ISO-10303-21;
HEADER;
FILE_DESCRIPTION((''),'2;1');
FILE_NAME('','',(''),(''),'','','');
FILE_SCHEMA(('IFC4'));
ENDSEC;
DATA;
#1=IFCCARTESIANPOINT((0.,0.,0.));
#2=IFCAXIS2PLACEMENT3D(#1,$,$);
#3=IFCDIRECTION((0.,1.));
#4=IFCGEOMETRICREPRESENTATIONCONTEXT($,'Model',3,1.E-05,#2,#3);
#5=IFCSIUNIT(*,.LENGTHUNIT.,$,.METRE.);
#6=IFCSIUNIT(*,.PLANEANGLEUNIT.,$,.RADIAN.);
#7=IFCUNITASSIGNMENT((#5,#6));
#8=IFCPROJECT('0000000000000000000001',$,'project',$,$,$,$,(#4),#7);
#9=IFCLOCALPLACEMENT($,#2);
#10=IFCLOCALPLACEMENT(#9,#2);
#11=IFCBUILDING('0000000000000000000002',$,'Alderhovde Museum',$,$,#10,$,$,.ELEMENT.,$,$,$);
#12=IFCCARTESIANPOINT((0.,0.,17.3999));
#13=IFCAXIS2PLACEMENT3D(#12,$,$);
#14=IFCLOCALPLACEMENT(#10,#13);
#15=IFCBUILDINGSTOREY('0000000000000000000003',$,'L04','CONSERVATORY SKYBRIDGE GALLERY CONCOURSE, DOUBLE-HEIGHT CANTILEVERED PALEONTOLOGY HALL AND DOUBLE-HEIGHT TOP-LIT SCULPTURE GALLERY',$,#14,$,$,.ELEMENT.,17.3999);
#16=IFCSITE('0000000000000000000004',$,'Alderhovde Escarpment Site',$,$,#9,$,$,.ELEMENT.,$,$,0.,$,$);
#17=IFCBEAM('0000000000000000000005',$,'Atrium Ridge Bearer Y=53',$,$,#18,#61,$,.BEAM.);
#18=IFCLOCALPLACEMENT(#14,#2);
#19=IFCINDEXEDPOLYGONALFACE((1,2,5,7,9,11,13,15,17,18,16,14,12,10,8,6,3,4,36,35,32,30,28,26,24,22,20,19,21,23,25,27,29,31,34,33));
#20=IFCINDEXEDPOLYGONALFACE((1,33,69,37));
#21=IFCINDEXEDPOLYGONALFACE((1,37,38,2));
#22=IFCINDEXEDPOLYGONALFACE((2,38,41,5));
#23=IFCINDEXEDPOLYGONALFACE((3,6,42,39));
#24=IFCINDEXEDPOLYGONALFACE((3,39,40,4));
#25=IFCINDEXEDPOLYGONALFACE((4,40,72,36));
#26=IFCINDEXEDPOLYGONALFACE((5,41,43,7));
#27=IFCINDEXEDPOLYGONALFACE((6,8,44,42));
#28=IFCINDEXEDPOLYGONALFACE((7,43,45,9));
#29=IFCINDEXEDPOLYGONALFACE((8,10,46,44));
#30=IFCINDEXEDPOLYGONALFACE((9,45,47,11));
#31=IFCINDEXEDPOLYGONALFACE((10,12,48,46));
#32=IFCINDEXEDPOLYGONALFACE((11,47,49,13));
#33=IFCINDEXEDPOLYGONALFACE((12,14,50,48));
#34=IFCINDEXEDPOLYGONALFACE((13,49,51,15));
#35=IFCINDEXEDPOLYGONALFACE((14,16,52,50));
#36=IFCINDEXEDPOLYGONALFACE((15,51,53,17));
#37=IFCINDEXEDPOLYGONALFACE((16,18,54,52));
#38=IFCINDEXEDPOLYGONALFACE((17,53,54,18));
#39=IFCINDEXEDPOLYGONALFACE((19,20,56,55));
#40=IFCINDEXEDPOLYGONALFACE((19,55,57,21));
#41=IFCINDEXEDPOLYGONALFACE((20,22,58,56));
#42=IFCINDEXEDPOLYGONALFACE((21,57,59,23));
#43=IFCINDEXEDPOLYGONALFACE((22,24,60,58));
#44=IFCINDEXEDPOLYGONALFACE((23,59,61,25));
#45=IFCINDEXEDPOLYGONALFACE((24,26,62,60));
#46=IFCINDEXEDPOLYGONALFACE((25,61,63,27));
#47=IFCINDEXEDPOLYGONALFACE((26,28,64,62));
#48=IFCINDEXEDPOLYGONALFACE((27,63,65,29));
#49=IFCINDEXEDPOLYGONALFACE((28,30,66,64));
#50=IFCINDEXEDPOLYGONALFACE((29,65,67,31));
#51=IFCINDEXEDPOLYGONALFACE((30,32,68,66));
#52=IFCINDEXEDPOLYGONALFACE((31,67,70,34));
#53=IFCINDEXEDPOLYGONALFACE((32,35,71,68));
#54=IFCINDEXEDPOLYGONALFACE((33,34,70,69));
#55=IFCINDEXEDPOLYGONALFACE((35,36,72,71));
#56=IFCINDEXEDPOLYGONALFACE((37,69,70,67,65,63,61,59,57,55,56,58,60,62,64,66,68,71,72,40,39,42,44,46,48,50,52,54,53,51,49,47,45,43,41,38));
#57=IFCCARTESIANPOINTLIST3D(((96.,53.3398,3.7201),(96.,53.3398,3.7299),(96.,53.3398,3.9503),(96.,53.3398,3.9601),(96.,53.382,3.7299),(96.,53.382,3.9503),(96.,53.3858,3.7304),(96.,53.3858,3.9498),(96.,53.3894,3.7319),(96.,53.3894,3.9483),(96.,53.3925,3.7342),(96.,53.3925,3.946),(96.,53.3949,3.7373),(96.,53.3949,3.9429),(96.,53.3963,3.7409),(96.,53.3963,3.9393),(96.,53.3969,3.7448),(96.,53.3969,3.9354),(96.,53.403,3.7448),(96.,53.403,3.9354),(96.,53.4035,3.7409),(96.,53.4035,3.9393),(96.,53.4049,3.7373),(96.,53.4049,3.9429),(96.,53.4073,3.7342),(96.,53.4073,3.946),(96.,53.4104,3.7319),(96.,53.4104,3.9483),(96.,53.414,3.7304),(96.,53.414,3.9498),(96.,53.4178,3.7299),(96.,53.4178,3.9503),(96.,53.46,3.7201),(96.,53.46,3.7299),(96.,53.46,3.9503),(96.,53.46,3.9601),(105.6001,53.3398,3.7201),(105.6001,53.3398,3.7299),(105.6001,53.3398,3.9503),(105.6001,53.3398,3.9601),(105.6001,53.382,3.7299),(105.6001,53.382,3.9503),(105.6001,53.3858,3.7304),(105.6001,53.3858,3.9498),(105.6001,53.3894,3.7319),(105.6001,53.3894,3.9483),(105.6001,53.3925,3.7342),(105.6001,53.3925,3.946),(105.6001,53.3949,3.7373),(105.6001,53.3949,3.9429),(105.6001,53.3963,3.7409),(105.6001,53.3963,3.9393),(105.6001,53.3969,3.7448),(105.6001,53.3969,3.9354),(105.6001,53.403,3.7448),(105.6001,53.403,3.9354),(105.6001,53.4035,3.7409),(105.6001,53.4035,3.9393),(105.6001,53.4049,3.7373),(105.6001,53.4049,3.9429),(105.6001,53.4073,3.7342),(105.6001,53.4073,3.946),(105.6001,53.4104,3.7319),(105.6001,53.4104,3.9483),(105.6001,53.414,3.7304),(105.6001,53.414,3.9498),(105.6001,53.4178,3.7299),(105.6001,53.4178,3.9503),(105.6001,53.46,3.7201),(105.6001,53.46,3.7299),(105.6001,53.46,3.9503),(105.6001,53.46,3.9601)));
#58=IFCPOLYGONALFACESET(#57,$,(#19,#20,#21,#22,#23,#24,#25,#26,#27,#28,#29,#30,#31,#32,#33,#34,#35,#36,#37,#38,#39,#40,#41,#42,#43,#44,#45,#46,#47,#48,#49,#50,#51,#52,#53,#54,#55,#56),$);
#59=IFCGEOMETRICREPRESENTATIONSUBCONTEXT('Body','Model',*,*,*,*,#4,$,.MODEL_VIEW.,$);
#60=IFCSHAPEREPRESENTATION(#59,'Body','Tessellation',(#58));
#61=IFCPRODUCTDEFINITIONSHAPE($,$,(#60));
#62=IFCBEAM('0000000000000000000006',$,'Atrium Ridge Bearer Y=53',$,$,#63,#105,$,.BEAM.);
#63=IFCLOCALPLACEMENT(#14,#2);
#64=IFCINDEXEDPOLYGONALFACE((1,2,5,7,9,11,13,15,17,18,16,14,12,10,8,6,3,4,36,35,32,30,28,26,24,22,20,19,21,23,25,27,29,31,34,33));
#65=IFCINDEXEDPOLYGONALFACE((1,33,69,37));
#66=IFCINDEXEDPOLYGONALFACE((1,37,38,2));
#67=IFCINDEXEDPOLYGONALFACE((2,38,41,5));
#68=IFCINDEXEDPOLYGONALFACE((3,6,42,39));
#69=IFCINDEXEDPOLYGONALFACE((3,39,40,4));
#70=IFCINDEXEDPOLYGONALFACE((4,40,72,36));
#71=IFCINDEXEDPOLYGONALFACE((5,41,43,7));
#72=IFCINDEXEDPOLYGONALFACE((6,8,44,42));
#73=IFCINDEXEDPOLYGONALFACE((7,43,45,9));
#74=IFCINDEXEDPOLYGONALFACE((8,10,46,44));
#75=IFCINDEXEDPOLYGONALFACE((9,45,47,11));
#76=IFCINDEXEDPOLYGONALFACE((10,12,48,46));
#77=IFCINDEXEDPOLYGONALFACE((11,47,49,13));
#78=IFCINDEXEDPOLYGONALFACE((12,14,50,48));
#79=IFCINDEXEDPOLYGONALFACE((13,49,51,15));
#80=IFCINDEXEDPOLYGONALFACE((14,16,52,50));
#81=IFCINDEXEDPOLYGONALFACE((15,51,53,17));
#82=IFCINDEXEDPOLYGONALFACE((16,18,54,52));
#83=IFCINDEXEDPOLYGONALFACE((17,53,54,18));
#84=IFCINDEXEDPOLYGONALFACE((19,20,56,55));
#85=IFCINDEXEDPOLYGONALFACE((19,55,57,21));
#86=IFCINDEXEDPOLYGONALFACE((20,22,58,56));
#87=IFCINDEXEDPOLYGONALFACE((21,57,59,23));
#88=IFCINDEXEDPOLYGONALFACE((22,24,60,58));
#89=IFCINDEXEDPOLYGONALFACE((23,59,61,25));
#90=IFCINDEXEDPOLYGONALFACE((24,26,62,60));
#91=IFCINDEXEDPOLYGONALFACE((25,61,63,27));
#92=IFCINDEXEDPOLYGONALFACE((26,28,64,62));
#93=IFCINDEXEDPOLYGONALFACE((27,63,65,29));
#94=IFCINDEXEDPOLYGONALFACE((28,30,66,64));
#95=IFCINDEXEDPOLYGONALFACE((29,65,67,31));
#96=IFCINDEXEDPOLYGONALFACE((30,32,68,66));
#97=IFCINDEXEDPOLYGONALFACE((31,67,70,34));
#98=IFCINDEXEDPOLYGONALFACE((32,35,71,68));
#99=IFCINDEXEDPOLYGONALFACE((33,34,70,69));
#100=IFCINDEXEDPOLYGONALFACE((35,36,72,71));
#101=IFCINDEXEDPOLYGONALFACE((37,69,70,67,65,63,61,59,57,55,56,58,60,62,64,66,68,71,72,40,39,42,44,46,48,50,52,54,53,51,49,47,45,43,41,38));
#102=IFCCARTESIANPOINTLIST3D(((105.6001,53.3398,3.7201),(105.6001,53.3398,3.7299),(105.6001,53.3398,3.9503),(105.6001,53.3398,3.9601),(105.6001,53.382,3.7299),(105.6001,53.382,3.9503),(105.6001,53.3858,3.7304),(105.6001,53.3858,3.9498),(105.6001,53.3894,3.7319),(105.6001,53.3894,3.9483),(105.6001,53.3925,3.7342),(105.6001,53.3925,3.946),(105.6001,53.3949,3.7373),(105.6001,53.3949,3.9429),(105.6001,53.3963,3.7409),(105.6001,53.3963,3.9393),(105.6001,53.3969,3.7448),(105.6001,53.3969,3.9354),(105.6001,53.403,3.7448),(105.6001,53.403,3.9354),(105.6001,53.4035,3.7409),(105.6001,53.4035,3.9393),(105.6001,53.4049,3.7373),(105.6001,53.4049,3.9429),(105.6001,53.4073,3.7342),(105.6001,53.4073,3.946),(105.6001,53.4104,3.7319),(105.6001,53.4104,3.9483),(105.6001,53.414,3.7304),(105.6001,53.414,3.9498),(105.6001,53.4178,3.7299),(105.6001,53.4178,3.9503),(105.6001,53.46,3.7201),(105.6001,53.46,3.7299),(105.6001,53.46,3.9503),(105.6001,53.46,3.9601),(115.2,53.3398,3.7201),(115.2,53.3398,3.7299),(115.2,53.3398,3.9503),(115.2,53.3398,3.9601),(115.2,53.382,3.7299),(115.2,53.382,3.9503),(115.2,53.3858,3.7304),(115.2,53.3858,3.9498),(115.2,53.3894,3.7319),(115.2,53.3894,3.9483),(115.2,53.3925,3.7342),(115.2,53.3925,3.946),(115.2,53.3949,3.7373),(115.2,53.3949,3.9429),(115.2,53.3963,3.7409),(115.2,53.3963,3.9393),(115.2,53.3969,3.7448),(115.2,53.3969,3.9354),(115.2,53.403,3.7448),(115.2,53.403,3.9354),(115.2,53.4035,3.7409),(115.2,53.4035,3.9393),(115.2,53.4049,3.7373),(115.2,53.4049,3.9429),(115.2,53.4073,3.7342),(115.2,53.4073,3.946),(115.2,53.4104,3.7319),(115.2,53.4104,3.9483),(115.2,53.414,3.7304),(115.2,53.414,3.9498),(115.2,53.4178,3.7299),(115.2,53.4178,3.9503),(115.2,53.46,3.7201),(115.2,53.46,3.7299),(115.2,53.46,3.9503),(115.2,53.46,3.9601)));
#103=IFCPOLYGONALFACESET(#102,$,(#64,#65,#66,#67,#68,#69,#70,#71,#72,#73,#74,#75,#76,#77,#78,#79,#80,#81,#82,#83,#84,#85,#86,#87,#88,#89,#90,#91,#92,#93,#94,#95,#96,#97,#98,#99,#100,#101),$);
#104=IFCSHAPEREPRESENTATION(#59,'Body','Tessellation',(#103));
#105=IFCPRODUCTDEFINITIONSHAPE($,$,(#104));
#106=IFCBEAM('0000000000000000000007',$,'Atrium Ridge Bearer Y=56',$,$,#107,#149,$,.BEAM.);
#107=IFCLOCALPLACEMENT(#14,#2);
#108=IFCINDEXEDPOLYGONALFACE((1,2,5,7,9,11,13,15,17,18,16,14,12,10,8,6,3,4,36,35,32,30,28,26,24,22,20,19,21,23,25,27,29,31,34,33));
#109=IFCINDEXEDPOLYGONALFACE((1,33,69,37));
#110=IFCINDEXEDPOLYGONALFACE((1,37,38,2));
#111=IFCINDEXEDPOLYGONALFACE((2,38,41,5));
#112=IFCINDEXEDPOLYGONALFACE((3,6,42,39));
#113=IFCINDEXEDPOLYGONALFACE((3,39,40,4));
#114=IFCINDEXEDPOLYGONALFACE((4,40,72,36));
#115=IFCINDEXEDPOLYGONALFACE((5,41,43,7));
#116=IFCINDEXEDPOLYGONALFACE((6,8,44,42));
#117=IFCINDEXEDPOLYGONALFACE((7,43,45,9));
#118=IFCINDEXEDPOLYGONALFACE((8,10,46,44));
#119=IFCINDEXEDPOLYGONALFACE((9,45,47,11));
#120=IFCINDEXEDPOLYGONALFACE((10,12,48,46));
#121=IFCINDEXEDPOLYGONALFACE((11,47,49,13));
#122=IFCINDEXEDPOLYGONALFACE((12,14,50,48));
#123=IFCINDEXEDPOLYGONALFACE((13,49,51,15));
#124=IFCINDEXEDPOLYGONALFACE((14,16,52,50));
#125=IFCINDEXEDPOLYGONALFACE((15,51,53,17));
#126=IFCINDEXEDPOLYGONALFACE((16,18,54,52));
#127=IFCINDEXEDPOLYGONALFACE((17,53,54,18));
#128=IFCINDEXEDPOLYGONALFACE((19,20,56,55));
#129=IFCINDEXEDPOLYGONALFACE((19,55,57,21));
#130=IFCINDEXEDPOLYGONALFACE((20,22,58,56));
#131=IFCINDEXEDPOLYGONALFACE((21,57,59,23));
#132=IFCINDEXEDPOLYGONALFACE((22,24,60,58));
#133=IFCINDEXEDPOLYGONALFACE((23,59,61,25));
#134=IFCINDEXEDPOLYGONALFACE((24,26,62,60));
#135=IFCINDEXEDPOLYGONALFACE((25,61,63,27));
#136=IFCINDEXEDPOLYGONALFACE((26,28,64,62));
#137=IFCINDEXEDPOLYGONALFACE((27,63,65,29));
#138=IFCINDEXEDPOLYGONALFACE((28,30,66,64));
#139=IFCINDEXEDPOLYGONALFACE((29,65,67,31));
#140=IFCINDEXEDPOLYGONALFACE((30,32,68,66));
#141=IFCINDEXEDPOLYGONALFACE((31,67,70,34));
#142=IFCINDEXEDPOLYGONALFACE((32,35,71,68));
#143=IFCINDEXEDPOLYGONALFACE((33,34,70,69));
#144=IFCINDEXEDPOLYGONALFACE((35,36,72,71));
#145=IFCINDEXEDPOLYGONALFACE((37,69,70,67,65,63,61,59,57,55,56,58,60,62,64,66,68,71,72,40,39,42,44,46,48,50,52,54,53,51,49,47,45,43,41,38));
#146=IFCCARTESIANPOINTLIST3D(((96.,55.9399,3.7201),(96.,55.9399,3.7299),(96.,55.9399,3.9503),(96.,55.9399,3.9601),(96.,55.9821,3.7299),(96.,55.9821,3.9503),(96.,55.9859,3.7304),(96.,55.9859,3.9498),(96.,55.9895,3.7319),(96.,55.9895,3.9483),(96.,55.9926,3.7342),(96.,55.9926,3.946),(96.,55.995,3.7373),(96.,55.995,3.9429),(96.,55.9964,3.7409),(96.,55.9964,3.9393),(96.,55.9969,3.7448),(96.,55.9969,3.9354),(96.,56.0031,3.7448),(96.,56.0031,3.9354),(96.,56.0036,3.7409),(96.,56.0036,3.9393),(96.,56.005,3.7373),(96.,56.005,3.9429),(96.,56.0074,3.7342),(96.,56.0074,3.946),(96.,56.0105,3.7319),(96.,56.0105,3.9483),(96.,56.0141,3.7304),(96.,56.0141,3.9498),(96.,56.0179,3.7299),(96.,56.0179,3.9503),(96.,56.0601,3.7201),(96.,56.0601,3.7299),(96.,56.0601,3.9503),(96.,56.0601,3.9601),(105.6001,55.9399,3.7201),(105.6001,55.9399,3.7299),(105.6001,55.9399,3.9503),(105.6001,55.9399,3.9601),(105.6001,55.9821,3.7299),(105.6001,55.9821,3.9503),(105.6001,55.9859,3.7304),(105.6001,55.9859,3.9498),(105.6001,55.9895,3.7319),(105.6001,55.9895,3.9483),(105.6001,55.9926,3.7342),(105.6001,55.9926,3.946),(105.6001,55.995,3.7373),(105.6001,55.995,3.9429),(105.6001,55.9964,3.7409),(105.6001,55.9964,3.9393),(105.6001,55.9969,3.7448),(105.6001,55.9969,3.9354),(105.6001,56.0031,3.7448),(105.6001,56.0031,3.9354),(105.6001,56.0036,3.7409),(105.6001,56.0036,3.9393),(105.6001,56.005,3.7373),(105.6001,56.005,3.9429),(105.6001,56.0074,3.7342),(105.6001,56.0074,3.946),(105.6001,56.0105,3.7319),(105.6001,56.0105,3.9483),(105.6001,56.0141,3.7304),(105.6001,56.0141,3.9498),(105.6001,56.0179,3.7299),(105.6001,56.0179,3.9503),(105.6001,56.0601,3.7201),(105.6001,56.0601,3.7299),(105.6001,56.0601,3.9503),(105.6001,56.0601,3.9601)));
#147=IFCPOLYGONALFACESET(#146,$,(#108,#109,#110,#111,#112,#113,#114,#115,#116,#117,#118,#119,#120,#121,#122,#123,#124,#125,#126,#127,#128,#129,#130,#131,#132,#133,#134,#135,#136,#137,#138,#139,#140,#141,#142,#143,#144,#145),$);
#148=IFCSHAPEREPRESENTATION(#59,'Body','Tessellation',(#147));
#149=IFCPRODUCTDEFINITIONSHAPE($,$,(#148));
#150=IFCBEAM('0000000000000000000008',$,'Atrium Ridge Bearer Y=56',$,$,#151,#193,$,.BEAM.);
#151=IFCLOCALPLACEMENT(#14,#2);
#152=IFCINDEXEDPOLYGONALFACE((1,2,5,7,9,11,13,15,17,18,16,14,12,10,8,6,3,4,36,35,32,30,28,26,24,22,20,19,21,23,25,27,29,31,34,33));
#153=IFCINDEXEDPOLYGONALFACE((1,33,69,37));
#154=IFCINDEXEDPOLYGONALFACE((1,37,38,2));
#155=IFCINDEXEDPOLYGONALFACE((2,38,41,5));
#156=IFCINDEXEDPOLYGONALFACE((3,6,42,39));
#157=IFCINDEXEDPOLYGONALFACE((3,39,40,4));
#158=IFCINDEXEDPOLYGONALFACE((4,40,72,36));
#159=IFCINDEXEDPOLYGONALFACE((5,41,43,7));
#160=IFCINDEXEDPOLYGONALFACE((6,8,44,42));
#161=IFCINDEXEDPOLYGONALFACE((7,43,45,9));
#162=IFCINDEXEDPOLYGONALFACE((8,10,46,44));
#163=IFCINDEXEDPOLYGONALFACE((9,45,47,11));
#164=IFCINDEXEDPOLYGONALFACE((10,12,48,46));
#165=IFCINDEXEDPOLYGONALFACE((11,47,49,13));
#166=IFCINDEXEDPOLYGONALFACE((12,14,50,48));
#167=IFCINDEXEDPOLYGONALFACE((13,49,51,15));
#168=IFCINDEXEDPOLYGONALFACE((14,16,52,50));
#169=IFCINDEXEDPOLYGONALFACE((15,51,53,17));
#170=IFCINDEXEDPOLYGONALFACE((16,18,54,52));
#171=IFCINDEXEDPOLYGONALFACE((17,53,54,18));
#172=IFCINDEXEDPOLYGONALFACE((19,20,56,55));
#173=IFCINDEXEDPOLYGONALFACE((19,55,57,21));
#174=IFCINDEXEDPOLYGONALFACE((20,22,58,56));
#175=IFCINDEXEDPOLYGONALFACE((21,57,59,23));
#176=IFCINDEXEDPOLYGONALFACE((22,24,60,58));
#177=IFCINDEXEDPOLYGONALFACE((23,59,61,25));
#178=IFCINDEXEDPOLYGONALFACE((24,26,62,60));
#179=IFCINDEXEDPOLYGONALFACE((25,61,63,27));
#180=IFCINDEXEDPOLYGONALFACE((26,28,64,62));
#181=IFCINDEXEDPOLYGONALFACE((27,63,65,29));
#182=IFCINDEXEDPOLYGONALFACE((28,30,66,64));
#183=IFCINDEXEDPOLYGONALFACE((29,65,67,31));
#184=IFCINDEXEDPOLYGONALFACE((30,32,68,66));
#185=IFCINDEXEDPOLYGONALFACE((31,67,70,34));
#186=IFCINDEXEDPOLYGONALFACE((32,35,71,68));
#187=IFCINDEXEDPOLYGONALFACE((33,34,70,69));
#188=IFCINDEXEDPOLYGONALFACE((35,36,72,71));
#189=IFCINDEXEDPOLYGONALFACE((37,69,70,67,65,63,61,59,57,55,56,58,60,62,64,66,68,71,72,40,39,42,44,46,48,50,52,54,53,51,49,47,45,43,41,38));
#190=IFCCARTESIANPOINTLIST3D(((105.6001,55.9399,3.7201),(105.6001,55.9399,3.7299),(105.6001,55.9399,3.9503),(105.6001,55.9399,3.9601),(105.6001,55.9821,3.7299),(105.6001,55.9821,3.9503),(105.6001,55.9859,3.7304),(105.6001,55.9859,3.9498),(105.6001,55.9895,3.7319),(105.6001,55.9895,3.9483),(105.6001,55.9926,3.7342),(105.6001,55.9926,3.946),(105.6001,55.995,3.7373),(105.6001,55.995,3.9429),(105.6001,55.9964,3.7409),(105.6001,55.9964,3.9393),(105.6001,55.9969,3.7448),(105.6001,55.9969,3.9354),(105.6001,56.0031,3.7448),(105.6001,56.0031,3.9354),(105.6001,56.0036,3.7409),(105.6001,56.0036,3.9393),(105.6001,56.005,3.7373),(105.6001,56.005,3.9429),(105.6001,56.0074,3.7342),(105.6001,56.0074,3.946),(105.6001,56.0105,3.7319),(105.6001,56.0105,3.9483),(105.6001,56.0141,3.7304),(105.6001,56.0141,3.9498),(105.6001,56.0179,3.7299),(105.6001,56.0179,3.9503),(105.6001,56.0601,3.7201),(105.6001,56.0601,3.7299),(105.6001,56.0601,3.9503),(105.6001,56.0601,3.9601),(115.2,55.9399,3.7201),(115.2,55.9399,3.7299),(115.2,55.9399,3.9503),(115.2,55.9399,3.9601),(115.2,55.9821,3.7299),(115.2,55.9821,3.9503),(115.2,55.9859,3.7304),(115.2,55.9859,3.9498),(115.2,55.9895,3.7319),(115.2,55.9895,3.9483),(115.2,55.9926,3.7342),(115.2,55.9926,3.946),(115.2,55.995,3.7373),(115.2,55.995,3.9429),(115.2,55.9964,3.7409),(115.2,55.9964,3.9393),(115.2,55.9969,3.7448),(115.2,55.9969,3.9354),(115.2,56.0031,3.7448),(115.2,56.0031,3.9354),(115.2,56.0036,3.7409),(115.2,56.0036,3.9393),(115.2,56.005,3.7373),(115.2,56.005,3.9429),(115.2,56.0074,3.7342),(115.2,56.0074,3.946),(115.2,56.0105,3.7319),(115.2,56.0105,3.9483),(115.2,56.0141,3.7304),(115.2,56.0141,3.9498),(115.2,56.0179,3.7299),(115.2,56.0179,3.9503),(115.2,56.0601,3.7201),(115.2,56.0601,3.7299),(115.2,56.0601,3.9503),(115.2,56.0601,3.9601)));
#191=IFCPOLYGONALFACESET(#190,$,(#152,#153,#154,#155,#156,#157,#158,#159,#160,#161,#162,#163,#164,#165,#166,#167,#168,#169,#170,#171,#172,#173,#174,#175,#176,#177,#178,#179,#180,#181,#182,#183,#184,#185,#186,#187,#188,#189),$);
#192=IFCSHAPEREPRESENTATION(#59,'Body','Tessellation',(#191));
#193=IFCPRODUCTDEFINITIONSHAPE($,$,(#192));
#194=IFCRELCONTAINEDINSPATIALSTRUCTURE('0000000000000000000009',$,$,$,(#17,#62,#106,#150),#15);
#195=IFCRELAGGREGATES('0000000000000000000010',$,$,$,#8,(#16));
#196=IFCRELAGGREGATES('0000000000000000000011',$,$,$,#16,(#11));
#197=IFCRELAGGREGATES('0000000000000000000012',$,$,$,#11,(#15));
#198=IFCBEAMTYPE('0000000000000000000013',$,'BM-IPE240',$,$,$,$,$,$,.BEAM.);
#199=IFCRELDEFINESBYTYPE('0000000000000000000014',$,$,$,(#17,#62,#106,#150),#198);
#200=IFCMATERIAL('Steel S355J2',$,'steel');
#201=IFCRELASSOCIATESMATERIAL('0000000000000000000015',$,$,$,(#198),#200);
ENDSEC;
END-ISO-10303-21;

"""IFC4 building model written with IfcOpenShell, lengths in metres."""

from ifc_helpers import new_model, si_unit, direction, frame, origin, origin_2d, place, context, subcontext, project, spatial, i_section, extrude, material, material_profile, profile_set, type_object, element, save


model = new_model("IFC4")

# Units and contexts
model_context = context("Model", 3, precision=1e-05, world=origin(), true_north=direction((0.0, 1.0)))
body_context = subcontext(model_context, "Body", "Model", "MODEL_VIEW")
ifc_project = project(units=[si_unit("LENGTHUNIT", "METRE"), si_unit("PLANEANGLEUNIT", "RADIAN")], contexts=[model_context])

# Site, building, storey
site_placement = place(None, origin())
site = spatial("IfcSite", under=ifc_project, at=site_placement, Name="Alderhovde Escarpment Site", CompositionType="ELEMENT", RefElevation=0.0)
building_placement = place(site_placement, origin())
building = spatial("IfcBuilding", under=site, at=building_placement, Name="Alderhovde Museum", CompositionType="ELEMENT")
storey_placement = place(building_placement, frame((0.0, 0.0, 17.3999)))
storey = spatial("IfcBuildingStorey", under=building, at=storey_placement, Name="L04", Description="CONSERVATORY SKYBRIDGE GALLERY CONCOURSE, DOUBLE-HEIGHT CANTILEVERED PALEONTOLOGY HALL AND DOUBLE-HEIGHT TOP-LIT SCULPTURE GALLERY", CompositionType="ELEMENT", Elevation=17.3999)

# Beams
ifc_material_1 = material(Name="Steel S355J2", Category="steel")
ifc_material_profile_1 = material_profile(ifc_material_1, i_section(OverallWidth=0.1201, OverallDepth=0.24, WebThickness=0.0061, FlangeThickness=0.0098, FilletRadius=0.0149, at=origin_2d()), Name="IPE 240")
ifc_profile_set_1 = profile_set([ifc_material_profile_1], Name="Steel S355J2")
beam_type = type_object("IfcBeamType", Name="BM-IPE240", PredefinedType="BEAM", material=ifc_profile_set_1)
beam_1_placement = place(storey_placement, frame((96.0, 53.3999, 3.8401), z_axis=(1.0, 0.0, 0.0), x_axis=(0.0, 1.0, 0.0)))
element("IfcBeam", 1, at=beam_1_placement, inside=storey, type_object=beam_type, Name="Atrium Ridge Bearer Y=53", PredefinedType="BEAM", context=body_context, shape_type="SweptSolid", body=[
    extrude(i_section(OverallWidth=0.1201, OverallDepth=0.24, WebThickness=0.0061, FlangeThickness=0.0098, FilletRadius=0.0149, at=origin_2d()), origin(), (0.0, 0.0, 1.0), 9.6001),
])
beam_2_placement = place(storey_placement, frame((105.6001, 53.3999, 3.8401), z_axis=(1.0, 0.0, 0.0), x_axis=(0.0, 1.0, 0.0)))
element("IfcBeam", 2, at=beam_2_placement, inside=storey, type_object=beam_type, Name="Atrium Ridge Bearer Y=53", PredefinedType="BEAM", context=body_context, shape_type="SweptSolid", body=[
    extrude(i_section(OverallWidth=0.1201, OverallDepth=0.24, WebThickness=0.0061, FlangeThickness=0.0098, FilletRadius=0.0149, at=origin_2d()), origin(), (0.0, 0.0, 1.0), 9.5999),
])
beam_3_placement = place(storey_placement, frame((96.0, 56.0, 3.8401), z_axis=(1.0, 0.0, 0.0), x_axis=(0.0, 1.0, 0.0)))
element("IfcBeam", 3, at=beam_3_placement, inside=storey, type_object=beam_type, Name="Atrium Ridge Bearer Y=56", PredefinedType="BEAM", context=body_context, shape_type="SweptSolid", body=[
    extrude(i_section(OverallWidth=0.1201, OverallDepth=0.24, WebThickness=0.0061, FlangeThickness=0.0098, FilletRadius=0.0149, at=origin_2d()), origin(), (0.0, 0.0, 1.0), 9.6001),
])
beam_4_placement = place(storey_placement, frame((105.6001, 56.0, 3.8401), z_axis=(1.0, 0.0, 0.0), x_axis=(0.0, 1.0, 0.0)))
element("IfcBeam", 4, at=beam_4_placement, inside=storey, type_object=beam_type, Name="Atrium Ridge Bearer Y=56", PredefinedType="BEAM", context=body_context, shape_type="SweptSolid", body=[
    extrude(i_section(OverallWidth=0.1201, OverallDepth=0.24, WebThickness=0.0061, FlangeThickness=0.0098, FilletRadius=0.0149, at=origin_2d()), origin(), (0.0, 0.0, 1.0), 9.5999),
])

save(model, "model.ifc")
